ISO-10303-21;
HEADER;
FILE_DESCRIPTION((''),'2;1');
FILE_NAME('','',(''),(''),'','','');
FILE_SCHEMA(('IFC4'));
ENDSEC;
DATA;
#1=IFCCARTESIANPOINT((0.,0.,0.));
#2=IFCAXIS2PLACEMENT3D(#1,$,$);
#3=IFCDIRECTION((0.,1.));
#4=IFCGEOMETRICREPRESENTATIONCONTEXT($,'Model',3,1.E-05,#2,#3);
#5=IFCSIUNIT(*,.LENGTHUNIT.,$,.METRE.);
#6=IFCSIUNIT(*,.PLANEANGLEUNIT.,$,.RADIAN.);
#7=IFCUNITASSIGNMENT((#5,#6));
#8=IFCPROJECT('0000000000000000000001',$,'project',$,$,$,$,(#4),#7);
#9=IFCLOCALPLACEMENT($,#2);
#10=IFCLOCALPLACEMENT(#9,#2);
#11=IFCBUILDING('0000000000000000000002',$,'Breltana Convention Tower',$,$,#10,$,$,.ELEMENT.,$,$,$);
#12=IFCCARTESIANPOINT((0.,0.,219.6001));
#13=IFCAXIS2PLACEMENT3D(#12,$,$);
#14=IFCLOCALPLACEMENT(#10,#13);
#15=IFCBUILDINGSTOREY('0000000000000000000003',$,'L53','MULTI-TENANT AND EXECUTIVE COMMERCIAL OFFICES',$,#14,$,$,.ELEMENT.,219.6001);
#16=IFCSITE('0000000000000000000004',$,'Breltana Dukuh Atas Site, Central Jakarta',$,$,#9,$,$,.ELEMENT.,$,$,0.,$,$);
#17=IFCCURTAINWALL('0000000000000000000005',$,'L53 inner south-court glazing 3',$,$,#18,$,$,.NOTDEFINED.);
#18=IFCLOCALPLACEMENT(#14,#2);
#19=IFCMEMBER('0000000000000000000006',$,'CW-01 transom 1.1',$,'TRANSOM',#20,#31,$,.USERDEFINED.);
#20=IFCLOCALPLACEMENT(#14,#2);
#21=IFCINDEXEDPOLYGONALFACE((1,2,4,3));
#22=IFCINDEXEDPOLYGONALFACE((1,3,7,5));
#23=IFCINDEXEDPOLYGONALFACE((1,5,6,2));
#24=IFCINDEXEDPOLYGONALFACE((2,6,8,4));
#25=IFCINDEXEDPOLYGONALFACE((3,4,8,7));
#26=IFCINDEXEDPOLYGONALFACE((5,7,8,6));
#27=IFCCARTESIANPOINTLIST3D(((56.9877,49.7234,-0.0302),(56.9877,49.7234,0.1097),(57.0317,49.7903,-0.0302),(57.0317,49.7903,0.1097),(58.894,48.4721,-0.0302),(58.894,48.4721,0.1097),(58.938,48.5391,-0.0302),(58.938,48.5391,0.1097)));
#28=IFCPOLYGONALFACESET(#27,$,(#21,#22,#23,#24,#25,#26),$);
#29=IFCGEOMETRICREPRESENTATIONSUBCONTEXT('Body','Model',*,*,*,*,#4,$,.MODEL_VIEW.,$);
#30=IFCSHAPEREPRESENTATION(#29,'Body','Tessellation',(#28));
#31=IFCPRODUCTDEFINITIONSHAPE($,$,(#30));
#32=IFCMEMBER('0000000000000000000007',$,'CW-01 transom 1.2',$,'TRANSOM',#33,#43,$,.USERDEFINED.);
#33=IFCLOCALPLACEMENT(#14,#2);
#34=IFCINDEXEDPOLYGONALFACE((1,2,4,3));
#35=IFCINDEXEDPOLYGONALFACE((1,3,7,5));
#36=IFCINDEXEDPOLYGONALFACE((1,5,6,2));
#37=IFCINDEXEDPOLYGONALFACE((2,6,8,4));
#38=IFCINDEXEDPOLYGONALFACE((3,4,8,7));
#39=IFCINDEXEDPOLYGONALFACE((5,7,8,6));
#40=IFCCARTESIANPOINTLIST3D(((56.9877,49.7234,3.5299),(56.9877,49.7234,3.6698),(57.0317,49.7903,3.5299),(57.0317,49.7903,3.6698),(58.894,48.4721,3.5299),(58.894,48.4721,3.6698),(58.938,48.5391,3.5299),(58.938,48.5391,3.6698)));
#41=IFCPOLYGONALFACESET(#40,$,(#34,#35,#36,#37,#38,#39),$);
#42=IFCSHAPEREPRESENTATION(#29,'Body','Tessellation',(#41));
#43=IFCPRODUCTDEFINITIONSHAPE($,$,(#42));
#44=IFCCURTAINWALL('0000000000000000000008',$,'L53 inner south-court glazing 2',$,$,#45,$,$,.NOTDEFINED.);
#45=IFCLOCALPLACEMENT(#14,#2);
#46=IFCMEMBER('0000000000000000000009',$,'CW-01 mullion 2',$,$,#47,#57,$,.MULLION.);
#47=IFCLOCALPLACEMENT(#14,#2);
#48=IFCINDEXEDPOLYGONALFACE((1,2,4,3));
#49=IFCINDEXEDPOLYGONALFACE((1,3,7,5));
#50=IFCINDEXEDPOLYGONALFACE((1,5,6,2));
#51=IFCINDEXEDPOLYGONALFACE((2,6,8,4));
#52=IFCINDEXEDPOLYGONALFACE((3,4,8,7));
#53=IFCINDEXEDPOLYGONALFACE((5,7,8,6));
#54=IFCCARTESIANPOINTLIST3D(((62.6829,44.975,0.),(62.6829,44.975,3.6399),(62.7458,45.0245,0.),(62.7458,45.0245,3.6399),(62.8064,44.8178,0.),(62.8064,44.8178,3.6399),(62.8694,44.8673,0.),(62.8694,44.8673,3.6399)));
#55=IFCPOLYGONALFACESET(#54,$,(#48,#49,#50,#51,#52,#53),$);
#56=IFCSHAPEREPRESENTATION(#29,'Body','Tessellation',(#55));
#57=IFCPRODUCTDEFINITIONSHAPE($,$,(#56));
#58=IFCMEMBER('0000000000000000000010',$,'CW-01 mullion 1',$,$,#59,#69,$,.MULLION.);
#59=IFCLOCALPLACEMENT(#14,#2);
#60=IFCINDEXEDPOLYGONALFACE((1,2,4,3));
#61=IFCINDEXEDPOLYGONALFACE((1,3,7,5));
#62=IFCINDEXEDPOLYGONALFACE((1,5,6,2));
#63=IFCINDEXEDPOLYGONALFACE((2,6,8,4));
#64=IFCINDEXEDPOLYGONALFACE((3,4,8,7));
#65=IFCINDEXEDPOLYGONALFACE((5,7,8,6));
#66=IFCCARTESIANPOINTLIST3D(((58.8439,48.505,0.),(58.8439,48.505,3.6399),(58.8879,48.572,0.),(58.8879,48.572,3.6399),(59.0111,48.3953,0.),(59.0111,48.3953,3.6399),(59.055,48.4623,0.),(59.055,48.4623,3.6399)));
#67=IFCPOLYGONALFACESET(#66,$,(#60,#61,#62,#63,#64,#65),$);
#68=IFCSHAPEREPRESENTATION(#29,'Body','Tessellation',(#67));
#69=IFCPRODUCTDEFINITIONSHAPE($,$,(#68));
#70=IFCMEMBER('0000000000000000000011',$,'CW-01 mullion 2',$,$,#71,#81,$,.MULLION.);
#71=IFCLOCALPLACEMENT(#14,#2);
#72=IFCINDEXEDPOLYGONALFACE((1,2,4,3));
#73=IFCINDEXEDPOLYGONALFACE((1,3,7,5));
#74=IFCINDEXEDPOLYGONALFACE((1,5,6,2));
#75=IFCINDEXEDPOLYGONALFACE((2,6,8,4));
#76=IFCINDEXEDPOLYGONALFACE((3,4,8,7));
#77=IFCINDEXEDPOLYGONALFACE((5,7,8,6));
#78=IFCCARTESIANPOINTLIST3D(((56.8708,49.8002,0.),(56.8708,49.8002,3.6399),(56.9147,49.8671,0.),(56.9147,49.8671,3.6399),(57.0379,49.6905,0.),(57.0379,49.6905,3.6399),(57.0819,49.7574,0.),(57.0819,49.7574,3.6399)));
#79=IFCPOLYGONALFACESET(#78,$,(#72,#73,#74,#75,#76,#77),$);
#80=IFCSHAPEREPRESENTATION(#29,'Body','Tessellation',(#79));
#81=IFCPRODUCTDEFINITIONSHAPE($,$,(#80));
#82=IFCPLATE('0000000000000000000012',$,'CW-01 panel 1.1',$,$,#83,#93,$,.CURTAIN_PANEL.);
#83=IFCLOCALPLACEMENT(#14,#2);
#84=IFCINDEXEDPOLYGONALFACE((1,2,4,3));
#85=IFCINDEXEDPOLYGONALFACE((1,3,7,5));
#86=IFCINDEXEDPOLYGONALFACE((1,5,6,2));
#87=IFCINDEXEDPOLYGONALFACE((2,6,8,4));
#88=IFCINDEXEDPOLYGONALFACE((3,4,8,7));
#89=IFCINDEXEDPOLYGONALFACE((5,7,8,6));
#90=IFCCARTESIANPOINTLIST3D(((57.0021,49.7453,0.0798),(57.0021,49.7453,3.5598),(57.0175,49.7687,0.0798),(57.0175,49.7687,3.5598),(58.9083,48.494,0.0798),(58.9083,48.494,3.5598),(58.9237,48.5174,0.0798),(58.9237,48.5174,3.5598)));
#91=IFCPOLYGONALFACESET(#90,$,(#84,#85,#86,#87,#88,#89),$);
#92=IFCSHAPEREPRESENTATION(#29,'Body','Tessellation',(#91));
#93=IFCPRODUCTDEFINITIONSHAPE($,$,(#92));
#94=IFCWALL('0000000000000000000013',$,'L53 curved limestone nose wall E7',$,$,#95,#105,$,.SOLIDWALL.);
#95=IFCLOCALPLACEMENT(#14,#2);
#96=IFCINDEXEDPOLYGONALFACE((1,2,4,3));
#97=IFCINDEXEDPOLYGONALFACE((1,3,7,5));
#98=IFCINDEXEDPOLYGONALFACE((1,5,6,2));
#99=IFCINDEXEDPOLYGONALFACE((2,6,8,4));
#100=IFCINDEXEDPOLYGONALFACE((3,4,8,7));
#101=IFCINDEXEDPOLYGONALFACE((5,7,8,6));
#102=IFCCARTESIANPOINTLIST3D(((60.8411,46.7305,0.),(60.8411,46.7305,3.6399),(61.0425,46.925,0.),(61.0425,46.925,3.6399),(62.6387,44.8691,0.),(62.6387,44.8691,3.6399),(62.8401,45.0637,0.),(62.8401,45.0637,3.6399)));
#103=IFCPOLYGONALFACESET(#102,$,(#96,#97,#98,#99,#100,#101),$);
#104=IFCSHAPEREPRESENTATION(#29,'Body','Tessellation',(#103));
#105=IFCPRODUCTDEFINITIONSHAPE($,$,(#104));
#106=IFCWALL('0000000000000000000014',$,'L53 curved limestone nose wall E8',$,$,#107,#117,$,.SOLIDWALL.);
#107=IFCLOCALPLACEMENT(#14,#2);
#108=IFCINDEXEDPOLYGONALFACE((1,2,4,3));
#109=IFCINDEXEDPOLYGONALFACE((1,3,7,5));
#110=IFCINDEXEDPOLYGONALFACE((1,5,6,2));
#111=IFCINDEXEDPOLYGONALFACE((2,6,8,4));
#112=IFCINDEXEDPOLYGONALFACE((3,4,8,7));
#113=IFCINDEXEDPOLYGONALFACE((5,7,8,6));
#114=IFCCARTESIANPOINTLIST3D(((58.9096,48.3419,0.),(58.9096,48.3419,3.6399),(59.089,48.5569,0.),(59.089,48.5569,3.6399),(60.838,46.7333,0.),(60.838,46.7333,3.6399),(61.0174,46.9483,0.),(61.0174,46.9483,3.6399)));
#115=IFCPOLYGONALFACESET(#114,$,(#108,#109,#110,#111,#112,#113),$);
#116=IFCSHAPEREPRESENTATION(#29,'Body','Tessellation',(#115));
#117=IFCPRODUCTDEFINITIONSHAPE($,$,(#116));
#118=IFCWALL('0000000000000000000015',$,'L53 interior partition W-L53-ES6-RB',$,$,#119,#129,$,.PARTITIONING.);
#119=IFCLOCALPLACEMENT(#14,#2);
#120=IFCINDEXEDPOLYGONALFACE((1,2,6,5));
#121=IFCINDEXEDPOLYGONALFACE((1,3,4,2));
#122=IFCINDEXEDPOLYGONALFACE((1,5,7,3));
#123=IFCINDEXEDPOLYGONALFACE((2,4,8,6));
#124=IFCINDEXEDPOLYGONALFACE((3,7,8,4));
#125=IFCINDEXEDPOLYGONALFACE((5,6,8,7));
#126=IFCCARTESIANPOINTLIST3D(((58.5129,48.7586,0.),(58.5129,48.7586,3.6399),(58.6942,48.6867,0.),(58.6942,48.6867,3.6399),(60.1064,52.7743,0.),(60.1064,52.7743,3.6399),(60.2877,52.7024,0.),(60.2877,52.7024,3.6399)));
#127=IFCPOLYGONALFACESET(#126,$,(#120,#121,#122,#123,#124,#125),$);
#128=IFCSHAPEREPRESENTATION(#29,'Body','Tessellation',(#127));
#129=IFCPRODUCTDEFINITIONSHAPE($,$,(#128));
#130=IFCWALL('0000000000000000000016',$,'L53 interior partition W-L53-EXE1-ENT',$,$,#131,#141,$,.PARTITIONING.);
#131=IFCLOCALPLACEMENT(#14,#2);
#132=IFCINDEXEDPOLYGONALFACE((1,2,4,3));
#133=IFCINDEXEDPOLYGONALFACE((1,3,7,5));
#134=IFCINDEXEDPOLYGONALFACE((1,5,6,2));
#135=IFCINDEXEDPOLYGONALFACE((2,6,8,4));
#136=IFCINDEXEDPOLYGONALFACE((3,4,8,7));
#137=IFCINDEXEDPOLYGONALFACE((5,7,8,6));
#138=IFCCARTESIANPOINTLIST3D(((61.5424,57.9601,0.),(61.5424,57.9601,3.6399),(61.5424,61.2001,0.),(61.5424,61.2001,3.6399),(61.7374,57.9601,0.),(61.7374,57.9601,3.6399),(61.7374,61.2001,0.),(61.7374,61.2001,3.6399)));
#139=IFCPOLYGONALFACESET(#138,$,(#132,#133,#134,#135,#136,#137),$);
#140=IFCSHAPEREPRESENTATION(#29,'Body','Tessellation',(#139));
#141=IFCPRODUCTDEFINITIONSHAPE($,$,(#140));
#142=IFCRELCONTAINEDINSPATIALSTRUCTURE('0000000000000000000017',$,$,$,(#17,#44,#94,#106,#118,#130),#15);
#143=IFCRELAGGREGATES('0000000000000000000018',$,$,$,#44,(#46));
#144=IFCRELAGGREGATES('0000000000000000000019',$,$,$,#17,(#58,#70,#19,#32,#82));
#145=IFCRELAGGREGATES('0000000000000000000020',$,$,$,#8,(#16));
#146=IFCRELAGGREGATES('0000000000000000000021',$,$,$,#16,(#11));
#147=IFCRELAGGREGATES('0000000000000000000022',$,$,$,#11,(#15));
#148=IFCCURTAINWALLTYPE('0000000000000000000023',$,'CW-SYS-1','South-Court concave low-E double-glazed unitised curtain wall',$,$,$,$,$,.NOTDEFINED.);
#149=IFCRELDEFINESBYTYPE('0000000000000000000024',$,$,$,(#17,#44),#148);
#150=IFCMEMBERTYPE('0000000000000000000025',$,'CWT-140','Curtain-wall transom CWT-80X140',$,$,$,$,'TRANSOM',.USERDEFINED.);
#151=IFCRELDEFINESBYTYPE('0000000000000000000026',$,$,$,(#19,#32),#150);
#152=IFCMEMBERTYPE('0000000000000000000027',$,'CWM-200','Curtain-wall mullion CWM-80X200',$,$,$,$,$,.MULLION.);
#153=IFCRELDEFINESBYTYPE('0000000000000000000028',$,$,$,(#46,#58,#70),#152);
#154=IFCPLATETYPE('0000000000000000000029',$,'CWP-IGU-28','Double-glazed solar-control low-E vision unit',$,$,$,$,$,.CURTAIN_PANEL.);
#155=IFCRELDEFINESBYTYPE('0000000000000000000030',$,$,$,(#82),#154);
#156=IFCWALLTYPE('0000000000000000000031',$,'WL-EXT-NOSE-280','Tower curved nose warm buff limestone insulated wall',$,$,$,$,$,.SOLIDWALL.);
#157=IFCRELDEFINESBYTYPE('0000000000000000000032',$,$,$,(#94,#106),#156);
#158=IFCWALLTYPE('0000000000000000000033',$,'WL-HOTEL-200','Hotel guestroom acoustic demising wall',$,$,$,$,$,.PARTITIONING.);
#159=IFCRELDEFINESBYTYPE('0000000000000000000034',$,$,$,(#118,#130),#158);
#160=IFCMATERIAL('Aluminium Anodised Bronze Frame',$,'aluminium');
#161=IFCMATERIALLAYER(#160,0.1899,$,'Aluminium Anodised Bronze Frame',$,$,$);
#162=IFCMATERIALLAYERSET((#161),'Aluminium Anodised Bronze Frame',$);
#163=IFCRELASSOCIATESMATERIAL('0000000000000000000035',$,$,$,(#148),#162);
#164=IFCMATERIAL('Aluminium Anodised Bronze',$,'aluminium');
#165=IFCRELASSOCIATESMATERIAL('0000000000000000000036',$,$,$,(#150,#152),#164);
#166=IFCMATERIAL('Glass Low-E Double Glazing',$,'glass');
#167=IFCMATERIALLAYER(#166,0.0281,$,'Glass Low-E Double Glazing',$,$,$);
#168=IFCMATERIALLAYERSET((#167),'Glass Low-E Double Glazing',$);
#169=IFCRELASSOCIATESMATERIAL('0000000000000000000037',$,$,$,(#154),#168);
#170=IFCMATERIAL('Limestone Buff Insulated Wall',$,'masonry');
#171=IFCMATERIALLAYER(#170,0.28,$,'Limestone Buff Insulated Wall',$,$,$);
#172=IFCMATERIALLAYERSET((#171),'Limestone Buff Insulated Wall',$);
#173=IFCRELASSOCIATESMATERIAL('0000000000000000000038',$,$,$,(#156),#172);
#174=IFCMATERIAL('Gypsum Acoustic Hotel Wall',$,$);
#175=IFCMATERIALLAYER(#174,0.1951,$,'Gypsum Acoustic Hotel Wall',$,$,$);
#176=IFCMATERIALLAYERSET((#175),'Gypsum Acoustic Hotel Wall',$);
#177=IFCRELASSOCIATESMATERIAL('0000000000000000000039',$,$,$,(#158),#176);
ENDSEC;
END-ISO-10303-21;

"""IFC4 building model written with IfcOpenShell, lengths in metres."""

from ifc_helpers import new_model, si_unit, direction, frame, frame_2d, origin, origin_2d, place, context, subcontext, project, spatial, rectangle, extrude, source, transform, mapped, material, layer, layer_set, material_profile, profile_set, type_object, element, aggregate, save


model = new_model("IFC4")

# Units and contexts
model_context = context("Model", 3, precision=1e-05, world=origin(), true_north=direction((0.0, 1.0)))
body_context = subcontext(model_context, "Body", "Model", "MODEL_VIEW")
ifc_project = project(units=[si_unit("LENGTHUNIT", "METRE"), si_unit("PLANEANGLEUNIT", "RADIAN")], contexts=[model_context])

# Site, building, storey
site_placement = place(None, origin())
site = spatial("IfcSite", under=ifc_project, at=site_placement, Name="Breltana Dukuh Atas Site, Central Jakarta", CompositionType="ELEMENT", RefElevation=0.0)
building_placement = place(site_placement, origin())
building = spatial("IfcBuilding", under=site, at=building_placement, Name="Breltana Convention Tower", CompositionType="ELEMENT")
storey_placement = place(building_placement, frame((0.0, 0.0, 219.6001)))
storey = spatial("IfcBuildingStorey", under=building, at=storey_placement, Name="L53", Description="MULTI-TENANT AND EXECUTIVE COMMERCIAL OFFICES", CompositionType="ELEMENT", Elevation=219.6001)

# Curtain wall, members
ifc_material_1 = material(Name="Aluminium Anodised Bronze Frame", Category="aluminium")
ifc_layer_1 = layer(ifc_material_1, 0.1899, Name="Aluminium Anodised Bronze Frame")
ifc_layer_set_1 = layer_set([ifc_layer_1], Name="Aluminium Anodised Bronze Frame")
curtain_wall_type = type_object("IfcCurtainWallType", Name="CW-SYS-1", Description="South-Court concave low-E double-glazed unitised curtain wall", PredefinedType="NOTDEFINED", material=ifc_layer_set_1)
curtain_wall_1_placement = place(storey_placement, origin())
curtain_wall_1 = element("IfcCurtainWall", 1, at=curtain_wall_1_placement, inside=storey, type_object=curtain_wall_type, Name="L53 inner south-court glazing 3", PredefinedType="NOTDEFINED")
ifc_material_2 = material(Name="Aluminium Anodised Bronze", Category="aluminium")
ifc_material_profile_1 = material_profile(ifc_material_2, rectangle(XDim=0.0801, YDim=0.1399, at=origin_2d()), Name="CWT-80X140")
ifc_profile_set_1 = profile_set([ifc_material_profile_1], Name="Aluminium Anodised Bronze")
member_type_1 = type_object("IfcMemberType", Name="CWT-140", Description="Curtain-wall transom CWT-80X140", ElementType="TRANSOM", PredefinedType="USERDEFINED", material=ifc_profile_set_1)
shared_shape_1 = source(origin(), body_context, "Body", "SweptSolid", [
    extrude(rectangle(XDim=0.0801, YDim=0.1399, at=origin_2d()), origin(), (0.0, 0.0, 1.0), 2.2803),
])
member_1_placement = place(storey_placement, frame((58.916, 48.5056, 0.0398), z_axis=(-0.835999, 0.548731, 0.0), x_axis=(-0.548731, -0.835999, 0.0)))
member_1 = element("IfcMember", 2, at=member_1_placement, type_object=member_type_1, Name="CW-01 transom 1.1", ObjectType="TRANSOM", PredefinedType="USERDEFINED", context=body_context, shape_type="MappedRepresentation", body=[
    mapped(shared_shape_1, transform((0.0, 0.0, 0.0), scale=1.0)),
])
member_2_placement = place(storey_placement, frame((58.916, 48.5056, 3.5999), z_axis=(-0.835999, 0.548731, 0.0), x_axis=(-0.548731, -0.835999, 0.0)))
member_2 = element("IfcMember", 3, at=member_2_placement, type_object=member_type_1, Name="CW-01 transom 1.2", ObjectType="TRANSOM", PredefinedType="USERDEFINED", context=body_context, shape_type="MappedRepresentation", body=[
    mapped(shared_shape_1, transform((0.0, 0.0, 0.0), scale=1.0)),
])

# Curtain wall, member
curtain_wall_2_placement = place(storey_placement, origin())
curtain_wall_2 = element("IfcCurtainWall", 4, at=curtain_wall_2_placement, inside=storey, type_object=curtain_wall_type, Name="L53 inner south-court glazing 2", PredefinedType="NOTDEFINED")
ifc_material_profile_2 = material_profile(ifc_material_2, rectangle(XDim=0.0801, YDim=0.2, at=origin_2d()), Name="CWM-80X200")
ifc_profile_set_2 = profile_set([ifc_material_profile_2], Name="Aluminium Anodised Bronze")
member_type_2 = type_object("IfcMemberType", Name="CWM-200", Description="Curtain-wall mullion CWM-80X200", PredefinedType="MULLION", material=ifc_profile_set_2)
shared_shape_2 = source(origin(), body_context, "Body", "SweptSolid", [
    extrude(rectangle(XDim=0.0801, YDim=0.2, at=origin_2d()), origin(), (0.0, 0.0, 1.0), 3.6399),
])
member_3_placement = place(storey_placement, frame((62.7761, 44.9211, 0.0), z_axis=(0.0, 0.0, 1.0), x_axis=(-0.786061, -0.61815, 0.0)))
member_3 = element("IfcMember", 5, at=member_3_placement, type_object=member_type_2, Name="CW-01 mullion 2", PredefinedType="MULLION", context=body_context, shape_type="MappedRepresentation", body=[
    mapped(shared_shape_2, transform((0.0, 0.0, 0.0), scale=1.0)),
])
aggregate(curtain_wall_2, [member_3])

# Members
member_4_placement = place(storey_placement, frame((58.9495, 48.4836, 0.0), z_axis=(0.0, 0.0, 1.0), x_axis=(-0.548757, -0.835982, 0.0)))
member_4 = element("IfcMember", 6, at=member_4_placement, type_object=member_type_2, Name="CW-01 mullion 1", PredefinedType="MULLION", context=body_context, shape_type="MappedRepresentation", body=[
    mapped(shared_shape_2, transform((0.0, 0.0, 0.0), scale=1.0)),
])
member_5_placement = place(storey_placement, frame((56.9763, 49.7788, 0.0), z_axis=(0.0, 0.0, 1.0), x_axis=(-0.548757, -0.835982, 0.0)))
member_5 = element("IfcMember", 7, at=member_5_placement, type_object=member_type_2, Name="CW-01 mullion 2", PredefinedType="MULLION", context=body_context, shape_type="MappedRepresentation", body=[
    mapped(shared_shape_2, transform((0.0, 0.0, 0.0), scale=1.0)),
])

# Plate
ifc_material_3 = material(Name="Glass Low-E Double Glazing", Category="glass")
ifc_layer_2 = layer(ifc_material_3, 0.0281, Name="Glass Low-E Double Glazing")
ifc_layer_set_2 = layer_set([ifc_layer_2], Name="Glass Low-E Double Glazing")
plate_type = type_object("IfcPlateType", Name="CWP-IGU-28", Description="Double-glazed solar-control low-E vision unit", PredefinedType="CURTAIN_PANEL", material=ifc_layer_set_2)
shared_shape_3 = source(origin(), body_context, "Body", "SweptSolid", [
    extrude(rectangle(XDim=2.2803, YDim=0.0281, at=origin_2d()), origin(), (0.0, 0.0, 1.0), 3.48),
])
plate_placement = place(storey_placement, frame((57.9629, 49.1313, 0.0798), z_axis=(0.0, 0.0, 1.0), x_axis=(-0.835982, 0.548757, 0.0)))
plate = element("IfcPlate", 8, at=plate_placement, type_object=plate_type, Name="CW-01 panel 1.1", PredefinedType="CURTAIN_PANEL", context=body_context, shape_type="MappedRepresentation", body=[
    mapped(shared_shape_3, transform((0.0, 0.0, 0.0), scale=1.0)),
])
aggregate(curtain_wall_1, [member_4, member_5, member_1, member_2, plate])

# Walls
ifc_material_4 = material(Name="Limestone Buff Insulated Wall", Category="masonry")
ifc_layer_3 = layer(ifc_material_4, 0.28, Name="Limestone Buff Insulated Wall")
ifc_layer_set_3 = layer_set([ifc_layer_3], Name="Limestone Buff Insulated Wall")
wall_type_1 = type_object("IfcWallType", Name="WL-EXT-NOSE-280", Description="Tower curved nose warm buff limestone insulated wall", PredefinedType="SOLIDWALL", material=ifc_layer_set_3)
shared_shape_4 = source(origin(), body_context, "Body", "SweptSolid", [
    extrude(rectangle(XDim=2.5876, YDim=0.28, at=frame_2d((1.2939, 0.0))), origin(), (0.0, 0.0, 1.0), 3.6399),
])
wall_1_placement = place(storey_placement, frame((62.7395, 44.9663, 0.0), z_axis=(0.0, 0.0, 1.0), x_axis=(-0.694687, 0.719312, 0.0)))
element("IfcWall", 9, at=wall_1_placement, inside=storey, type_object=wall_type_1, Name="L53 curved limestone nose wall E7", PredefinedType="SOLIDWALL", context=body_context, shape_type="MappedRepresentation", body=[
    mapped(shared_shape_4, transform((0.0, 0.0, 0.0), scale=1.0)),
])
shared_shape_5 = source(origin(), body_context, "Body", "SweptSolid", [
    extrude(rectangle(XDim=2.5112, YDim=0.28, at=frame_2d((1.2556, 0.0))), origin(), (0.0, 0.0, 1.0), 3.6399),
])
wall_2_placement = place(storey_placement, frame((60.9277, 46.8408, 0.0), z_axis=(0.0, 0.0, 1.0), x_axis=(-0.76791, 0.640557, 0.0)))
element("IfcWall", 10, at=wall_2_placement, inside=storey, type_object=wall_type_1, Name="L53 curved limestone nose wall E8", PredefinedType="SOLIDWALL", context=body_context, shape_type="MappedRepresentation", body=[
    mapped(shared_shape_5, transform((0.0, 0.0, 0.0), scale=1.0)),
])
ifc_material_5 = material(Name="Gypsum Acoustic Hotel Wall")
ifc_layer_4 = layer(ifc_material_5, 0.1951, Name="Gypsum Acoustic Hotel Wall")
ifc_layer_set_4 = layer_set([ifc_layer_4], Name="Gypsum Acoustic Hotel Wall")
wall_type_2 = type_object("IfcWallType", Name="WL-HOTEL-200", Description="Hotel guestroom acoustic demising wall", PredefinedType="PARTITIONING", material=ifc_layer_set_4)
shared_shape_6 = source(origin(), body_context, "Body", "SweptSolid", [
    extrude(rectangle(XDim=4.3203, YDim=0.1951, at=frame_2d((2.1602, 0.0))), origin(), (0.0, 0.0, 1.0), 3.6399),
])
wall_3_placement = place(storey_placement, frame((58.6035, 48.7227, 0.0), z_axis=(0.0, 0.0, 1.0), x_axis=(0.368846, 0.92949, 0.0)))
element("IfcWall", 11, at=wall_3_placement, inside=storey, type_object=wall_type_2, Name="L53 interior partition W-L53-ES6-RB", PredefinedType="PARTITIONING", context=body_context, shape_type="MappedRepresentation", body=[
    mapped(shared_shape_6, transform((0.0, 0.0, 0.0), scale=1.0)),
])
shared_shape_7 = source(origin(), body_context, "Body", "SweptSolid", [
    extrude(rectangle(XDim=3.24, YDim=0.1951, at=frame_2d((1.6201, 0.0))), origin(), (0.0, 0.0, 1.0), 3.6399),
])
wall_4_placement = place(storey_placement, frame((61.6399, 57.96, 0.0), z_axis=(0.0, 0.0, 1.0), x_axis=(0.0, 1.0, 0.0)))
element("IfcWall", 12, at=wall_4_placement, inside=storey, type_object=wall_type_2, Name="L53 interior partition W-L53-EXE1-ENT", PredefinedType="PARTITIONING", context=body_context, shape_type="MappedRepresentation", body=[
    mapped(shared_shape_7, transform((0.0, 0.0, 0.0), scale=1.0)),
])

save(model, "model.ifc")
